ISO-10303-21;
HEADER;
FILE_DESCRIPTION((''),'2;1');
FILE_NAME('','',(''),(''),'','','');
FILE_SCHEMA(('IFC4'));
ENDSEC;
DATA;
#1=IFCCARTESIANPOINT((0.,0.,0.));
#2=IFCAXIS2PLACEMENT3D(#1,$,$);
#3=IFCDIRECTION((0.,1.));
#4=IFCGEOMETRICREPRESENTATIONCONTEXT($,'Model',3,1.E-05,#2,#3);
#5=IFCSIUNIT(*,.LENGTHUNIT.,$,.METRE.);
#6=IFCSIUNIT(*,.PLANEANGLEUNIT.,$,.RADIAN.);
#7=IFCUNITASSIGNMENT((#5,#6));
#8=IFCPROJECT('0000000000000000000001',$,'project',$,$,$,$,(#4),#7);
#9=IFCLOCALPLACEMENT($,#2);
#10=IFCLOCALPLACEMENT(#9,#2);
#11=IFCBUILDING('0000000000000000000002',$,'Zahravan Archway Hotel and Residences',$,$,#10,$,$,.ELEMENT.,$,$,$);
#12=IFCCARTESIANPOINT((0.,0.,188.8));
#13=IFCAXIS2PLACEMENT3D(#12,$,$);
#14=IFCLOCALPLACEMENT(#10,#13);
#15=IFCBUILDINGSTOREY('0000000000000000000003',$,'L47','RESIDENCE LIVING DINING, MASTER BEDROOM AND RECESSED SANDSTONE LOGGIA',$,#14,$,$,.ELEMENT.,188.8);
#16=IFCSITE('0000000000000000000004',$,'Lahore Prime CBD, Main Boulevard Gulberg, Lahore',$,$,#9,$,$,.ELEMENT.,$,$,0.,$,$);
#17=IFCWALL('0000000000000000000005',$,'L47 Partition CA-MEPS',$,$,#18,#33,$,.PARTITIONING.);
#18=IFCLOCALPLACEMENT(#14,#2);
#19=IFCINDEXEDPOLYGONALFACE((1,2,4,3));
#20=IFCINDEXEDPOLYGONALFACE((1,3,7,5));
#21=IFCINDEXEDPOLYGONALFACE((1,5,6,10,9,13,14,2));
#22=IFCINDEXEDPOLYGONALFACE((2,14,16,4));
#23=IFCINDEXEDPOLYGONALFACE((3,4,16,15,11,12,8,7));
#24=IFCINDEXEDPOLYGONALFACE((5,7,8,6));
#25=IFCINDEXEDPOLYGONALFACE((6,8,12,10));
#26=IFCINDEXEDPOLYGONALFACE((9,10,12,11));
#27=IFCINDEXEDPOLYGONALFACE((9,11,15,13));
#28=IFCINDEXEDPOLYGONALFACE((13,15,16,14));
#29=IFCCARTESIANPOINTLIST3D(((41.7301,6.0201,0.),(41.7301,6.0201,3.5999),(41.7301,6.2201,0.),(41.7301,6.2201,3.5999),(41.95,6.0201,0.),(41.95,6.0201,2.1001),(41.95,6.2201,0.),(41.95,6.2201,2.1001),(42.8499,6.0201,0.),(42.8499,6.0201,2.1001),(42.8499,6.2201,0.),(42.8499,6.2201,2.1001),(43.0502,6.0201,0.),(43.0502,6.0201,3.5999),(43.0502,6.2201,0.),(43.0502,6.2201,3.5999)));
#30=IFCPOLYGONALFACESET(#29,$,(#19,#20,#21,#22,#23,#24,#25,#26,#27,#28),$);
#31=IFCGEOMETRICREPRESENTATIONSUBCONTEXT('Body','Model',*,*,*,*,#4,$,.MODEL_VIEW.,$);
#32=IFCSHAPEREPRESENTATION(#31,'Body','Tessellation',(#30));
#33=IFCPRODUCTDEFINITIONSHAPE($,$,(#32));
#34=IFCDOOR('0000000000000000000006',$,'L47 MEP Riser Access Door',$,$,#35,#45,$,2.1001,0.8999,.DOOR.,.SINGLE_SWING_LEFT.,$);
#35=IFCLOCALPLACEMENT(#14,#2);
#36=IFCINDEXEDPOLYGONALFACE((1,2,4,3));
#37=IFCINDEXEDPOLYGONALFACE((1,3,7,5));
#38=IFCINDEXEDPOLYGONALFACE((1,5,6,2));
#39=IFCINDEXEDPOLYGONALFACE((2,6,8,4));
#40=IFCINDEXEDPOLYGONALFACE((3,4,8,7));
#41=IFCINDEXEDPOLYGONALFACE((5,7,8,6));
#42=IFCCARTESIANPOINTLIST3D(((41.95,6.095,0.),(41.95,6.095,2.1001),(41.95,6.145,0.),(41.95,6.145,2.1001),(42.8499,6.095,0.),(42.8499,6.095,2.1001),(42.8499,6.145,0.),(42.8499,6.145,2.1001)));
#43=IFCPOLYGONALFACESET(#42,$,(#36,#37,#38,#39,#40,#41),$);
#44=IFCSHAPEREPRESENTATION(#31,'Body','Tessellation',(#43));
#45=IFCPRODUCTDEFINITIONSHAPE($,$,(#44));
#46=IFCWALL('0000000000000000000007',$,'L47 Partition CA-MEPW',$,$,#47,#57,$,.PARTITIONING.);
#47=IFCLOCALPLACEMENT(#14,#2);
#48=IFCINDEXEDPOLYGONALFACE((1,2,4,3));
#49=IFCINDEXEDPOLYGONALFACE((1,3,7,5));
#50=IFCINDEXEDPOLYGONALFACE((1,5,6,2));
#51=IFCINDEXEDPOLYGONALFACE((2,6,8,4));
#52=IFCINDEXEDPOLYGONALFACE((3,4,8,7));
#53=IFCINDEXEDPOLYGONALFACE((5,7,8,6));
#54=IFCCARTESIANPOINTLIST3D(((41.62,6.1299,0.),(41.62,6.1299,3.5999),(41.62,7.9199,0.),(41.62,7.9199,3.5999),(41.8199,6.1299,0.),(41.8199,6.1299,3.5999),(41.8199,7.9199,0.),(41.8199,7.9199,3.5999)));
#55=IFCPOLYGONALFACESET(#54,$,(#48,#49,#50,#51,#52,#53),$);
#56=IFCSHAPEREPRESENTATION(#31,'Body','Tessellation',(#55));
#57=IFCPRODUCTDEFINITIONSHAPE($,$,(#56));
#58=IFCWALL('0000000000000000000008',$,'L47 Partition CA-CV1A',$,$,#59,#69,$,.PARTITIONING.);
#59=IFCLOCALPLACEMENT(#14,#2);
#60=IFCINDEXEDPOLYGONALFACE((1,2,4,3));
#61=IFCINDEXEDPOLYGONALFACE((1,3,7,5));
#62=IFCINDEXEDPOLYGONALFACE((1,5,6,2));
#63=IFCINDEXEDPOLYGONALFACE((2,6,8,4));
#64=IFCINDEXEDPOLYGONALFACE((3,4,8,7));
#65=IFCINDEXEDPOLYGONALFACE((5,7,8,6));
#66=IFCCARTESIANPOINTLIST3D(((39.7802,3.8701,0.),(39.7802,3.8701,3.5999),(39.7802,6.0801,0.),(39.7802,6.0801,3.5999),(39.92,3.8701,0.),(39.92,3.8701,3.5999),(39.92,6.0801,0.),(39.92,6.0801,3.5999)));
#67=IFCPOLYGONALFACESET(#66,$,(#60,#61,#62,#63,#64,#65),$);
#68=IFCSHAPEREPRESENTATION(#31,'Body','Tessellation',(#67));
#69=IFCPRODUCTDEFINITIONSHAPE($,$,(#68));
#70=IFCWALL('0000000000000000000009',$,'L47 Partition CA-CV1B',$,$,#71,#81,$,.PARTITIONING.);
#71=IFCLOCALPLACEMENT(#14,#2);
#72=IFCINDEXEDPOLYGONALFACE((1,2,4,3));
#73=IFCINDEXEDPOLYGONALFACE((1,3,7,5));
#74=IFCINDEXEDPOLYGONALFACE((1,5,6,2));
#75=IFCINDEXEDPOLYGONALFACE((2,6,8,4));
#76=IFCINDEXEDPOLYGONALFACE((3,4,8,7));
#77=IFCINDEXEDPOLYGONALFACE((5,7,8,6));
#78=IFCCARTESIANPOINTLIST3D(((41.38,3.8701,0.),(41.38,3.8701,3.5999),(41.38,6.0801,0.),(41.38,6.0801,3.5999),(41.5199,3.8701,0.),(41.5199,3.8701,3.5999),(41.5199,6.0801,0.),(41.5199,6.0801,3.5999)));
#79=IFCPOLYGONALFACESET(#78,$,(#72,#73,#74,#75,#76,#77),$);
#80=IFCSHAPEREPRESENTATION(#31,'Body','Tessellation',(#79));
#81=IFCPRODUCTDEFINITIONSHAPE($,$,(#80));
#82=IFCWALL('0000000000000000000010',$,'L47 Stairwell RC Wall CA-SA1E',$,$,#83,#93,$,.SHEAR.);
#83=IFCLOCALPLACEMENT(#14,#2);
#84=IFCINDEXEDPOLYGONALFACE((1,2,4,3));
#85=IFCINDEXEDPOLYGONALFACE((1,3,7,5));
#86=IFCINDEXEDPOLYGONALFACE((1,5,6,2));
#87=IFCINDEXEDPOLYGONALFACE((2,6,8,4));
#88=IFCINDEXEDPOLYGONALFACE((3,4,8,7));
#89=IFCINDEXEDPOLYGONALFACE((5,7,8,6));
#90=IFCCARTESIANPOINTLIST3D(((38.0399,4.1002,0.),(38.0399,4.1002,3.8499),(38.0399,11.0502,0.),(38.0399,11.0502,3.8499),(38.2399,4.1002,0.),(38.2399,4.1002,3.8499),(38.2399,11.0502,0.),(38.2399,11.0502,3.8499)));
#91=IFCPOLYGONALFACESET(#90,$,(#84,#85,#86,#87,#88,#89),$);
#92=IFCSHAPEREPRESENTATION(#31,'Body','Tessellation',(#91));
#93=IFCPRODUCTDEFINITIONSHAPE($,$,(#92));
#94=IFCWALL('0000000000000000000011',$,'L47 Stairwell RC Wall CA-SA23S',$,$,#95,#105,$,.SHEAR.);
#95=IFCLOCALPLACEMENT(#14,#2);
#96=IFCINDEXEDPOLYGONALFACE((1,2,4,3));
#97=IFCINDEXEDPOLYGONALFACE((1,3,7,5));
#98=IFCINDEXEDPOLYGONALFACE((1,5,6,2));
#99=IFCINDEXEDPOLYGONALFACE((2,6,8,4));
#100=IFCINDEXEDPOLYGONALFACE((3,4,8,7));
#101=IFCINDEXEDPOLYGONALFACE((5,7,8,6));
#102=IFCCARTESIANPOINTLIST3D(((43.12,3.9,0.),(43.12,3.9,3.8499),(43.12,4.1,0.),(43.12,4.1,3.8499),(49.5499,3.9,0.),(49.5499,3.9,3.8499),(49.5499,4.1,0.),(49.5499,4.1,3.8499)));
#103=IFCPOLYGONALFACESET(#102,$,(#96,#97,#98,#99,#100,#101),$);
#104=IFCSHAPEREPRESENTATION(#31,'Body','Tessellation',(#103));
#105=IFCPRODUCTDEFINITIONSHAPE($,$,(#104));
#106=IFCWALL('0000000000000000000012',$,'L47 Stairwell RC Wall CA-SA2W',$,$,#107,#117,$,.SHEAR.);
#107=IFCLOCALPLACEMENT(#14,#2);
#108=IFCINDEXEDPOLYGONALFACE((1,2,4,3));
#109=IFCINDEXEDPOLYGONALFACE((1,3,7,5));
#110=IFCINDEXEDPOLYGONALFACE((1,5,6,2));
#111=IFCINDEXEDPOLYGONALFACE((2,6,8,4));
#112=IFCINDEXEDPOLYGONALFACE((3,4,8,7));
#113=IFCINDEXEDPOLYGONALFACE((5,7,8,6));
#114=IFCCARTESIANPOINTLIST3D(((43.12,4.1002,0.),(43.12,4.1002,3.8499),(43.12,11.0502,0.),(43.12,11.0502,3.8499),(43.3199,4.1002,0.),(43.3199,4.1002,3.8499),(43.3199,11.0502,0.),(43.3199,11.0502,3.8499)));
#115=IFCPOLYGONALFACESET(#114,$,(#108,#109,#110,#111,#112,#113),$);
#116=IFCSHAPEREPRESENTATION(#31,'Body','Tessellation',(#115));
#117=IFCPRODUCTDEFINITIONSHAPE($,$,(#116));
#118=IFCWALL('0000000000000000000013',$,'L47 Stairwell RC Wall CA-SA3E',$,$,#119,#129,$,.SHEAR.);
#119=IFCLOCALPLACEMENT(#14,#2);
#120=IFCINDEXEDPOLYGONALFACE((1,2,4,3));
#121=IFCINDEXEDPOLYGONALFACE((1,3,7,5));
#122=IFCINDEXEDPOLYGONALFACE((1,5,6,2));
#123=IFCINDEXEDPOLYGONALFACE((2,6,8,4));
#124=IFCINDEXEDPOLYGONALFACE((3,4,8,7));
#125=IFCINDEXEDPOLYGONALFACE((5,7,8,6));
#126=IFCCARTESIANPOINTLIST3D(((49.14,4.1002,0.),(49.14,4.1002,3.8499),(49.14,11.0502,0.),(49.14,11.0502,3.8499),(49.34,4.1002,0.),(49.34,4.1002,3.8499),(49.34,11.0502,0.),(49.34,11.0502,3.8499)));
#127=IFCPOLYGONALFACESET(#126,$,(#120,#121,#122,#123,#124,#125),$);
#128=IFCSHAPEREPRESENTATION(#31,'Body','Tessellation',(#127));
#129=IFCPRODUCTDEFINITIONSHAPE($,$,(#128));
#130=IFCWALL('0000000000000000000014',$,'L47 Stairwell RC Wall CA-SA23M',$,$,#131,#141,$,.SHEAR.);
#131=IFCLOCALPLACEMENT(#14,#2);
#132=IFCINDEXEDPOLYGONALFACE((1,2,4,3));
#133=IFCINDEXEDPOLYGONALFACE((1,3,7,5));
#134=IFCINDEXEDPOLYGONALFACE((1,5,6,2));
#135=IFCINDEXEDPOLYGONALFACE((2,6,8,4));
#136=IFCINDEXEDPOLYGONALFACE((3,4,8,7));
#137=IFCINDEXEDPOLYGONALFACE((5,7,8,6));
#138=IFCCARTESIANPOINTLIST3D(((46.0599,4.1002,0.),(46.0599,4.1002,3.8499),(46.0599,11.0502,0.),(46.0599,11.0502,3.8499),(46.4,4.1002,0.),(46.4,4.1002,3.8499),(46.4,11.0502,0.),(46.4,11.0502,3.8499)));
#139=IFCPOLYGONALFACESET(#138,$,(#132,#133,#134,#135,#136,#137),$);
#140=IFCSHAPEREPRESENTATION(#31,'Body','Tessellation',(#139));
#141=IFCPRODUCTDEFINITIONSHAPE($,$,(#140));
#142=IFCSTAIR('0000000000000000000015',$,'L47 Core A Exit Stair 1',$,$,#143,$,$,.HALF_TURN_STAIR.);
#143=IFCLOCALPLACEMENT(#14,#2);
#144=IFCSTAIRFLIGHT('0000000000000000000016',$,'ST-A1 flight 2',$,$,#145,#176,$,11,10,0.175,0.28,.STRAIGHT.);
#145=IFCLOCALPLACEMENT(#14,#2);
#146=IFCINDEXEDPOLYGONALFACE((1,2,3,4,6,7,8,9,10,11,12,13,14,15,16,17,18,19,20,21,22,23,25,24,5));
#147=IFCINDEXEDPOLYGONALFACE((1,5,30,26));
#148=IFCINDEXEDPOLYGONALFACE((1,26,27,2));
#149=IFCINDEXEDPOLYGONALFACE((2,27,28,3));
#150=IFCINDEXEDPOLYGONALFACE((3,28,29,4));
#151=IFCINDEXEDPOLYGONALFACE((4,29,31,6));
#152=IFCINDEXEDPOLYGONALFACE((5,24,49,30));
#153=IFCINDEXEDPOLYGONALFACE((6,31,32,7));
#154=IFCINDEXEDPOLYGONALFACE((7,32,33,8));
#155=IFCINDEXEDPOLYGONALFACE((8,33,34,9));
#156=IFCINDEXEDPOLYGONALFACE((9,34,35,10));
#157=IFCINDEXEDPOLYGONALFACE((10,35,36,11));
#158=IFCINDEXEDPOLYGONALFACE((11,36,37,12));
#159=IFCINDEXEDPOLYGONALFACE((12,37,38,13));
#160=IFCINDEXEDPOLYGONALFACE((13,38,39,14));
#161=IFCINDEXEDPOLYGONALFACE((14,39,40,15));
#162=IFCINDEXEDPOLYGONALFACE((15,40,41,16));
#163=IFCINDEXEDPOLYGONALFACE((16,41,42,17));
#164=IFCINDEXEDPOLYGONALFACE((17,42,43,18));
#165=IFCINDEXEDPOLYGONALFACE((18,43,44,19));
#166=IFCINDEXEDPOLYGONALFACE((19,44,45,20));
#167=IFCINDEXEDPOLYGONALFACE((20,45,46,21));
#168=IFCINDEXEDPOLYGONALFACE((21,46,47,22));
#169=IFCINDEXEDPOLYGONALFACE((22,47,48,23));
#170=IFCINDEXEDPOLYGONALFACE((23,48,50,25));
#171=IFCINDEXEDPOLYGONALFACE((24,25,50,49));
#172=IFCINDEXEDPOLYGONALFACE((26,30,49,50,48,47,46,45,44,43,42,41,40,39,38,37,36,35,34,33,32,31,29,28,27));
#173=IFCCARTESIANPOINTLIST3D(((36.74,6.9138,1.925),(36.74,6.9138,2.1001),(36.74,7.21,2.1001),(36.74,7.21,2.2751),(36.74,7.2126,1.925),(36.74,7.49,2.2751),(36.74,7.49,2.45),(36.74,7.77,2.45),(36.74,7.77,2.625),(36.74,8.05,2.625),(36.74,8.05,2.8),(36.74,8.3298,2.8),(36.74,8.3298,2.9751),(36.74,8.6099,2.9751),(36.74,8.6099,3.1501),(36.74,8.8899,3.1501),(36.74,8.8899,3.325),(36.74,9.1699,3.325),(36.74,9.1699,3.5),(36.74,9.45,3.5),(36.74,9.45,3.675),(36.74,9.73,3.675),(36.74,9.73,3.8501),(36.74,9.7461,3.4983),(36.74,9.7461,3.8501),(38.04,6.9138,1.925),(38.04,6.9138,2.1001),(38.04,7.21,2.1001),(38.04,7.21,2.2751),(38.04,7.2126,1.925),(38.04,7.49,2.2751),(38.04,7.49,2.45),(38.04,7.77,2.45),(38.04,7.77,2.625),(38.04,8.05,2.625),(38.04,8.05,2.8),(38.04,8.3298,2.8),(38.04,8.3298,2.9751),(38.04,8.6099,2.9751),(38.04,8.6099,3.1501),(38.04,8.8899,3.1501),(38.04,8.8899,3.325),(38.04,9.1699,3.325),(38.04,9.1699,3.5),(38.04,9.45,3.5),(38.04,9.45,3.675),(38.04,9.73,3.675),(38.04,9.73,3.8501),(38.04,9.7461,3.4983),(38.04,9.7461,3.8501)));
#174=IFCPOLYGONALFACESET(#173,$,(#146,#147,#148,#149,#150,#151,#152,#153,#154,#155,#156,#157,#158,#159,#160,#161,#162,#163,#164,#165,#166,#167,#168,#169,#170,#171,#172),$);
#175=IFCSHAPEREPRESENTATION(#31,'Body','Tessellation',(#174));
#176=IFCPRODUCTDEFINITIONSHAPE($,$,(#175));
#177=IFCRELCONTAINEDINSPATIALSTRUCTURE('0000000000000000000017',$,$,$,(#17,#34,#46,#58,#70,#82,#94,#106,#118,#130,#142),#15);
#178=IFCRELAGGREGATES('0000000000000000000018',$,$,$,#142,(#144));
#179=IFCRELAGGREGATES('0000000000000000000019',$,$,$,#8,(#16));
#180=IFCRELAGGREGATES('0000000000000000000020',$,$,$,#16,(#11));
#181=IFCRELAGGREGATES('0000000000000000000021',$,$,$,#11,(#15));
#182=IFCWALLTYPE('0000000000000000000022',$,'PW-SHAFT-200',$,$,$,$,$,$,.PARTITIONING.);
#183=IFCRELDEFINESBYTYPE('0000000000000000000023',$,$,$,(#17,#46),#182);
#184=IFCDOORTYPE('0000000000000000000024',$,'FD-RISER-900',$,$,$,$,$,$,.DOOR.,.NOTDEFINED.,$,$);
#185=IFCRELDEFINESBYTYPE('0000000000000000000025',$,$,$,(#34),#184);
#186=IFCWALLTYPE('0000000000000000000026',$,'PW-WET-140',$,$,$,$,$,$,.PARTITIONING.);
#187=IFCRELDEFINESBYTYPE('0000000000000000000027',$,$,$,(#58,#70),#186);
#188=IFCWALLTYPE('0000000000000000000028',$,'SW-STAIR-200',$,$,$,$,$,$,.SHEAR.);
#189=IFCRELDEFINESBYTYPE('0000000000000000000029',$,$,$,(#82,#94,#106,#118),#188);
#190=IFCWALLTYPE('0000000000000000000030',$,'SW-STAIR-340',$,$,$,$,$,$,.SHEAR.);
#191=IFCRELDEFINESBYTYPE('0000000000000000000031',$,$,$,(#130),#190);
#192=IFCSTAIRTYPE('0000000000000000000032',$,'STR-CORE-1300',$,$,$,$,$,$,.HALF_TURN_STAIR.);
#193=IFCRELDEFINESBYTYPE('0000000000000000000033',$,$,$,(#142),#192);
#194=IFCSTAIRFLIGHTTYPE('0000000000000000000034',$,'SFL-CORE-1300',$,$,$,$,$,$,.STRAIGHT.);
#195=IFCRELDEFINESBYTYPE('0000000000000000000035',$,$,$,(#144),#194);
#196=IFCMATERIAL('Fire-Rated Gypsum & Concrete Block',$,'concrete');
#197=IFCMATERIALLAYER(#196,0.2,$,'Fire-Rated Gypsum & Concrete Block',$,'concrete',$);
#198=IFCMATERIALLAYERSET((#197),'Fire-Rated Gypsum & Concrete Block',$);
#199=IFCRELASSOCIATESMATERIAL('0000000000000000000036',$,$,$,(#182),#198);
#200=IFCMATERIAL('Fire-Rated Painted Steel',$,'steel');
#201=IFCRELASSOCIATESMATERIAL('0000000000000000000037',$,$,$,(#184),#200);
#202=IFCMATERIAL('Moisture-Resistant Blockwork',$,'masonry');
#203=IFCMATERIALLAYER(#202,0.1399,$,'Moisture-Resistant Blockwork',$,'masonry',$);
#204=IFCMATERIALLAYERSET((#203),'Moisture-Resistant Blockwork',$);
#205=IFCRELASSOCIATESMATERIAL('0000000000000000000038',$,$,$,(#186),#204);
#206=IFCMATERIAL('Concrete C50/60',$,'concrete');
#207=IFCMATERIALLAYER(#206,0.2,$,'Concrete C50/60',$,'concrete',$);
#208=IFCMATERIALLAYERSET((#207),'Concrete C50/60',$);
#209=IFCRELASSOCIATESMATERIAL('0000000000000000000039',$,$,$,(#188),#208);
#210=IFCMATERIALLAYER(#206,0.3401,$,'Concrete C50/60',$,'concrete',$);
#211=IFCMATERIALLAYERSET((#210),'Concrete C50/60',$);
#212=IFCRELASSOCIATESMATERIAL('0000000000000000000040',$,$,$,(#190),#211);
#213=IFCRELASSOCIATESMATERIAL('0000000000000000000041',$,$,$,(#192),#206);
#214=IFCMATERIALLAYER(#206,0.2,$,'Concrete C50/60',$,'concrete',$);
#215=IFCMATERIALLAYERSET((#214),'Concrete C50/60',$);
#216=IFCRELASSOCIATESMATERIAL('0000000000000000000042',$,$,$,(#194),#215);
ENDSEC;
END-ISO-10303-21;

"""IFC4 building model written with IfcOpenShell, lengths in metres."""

from ifc_helpers import new_model, si_unit, direction, frame, frame_2d, origin, place, context, subcontext, project, spatial, polyline, rectangle, outline, extrude, source, transform, mapped, material, layer, layer_set, type_object, type_shapes, element, fill, aggregate, save


model = new_model("IFC4")

# Units and contexts
model_context = context("Model", 3, precision=1e-05, world=origin(), true_north=direction((0.0, 1.0)))
body_context = subcontext(model_context, "Body", "Model", "MODEL_VIEW")
ifc_project = project(units=[si_unit("LENGTHUNIT", "METRE"), si_unit("PLANEANGLEUNIT", "RADIAN")], contexts=[model_context])

# Site, building, storey
site_placement = place(None, origin())
site = spatial("IfcSite", under=ifc_project, at=site_placement, Name="Lahore Prime CBD, Main Boulevard Gulberg, Lahore", CompositionType="ELEMENT", RefElevation=0.0)
building_placement = place(site_placement, origin())
building = spatial("IfcBuilding", under=site, at=building_placement, Name="Zahravan Archway Hotel and Residences", CompositionType="ELEMENT")
storey_placement = place(building_placement, frame((0.0, 0.0, 188.8)))
storey = spatial("IfcBuildingStorey", under=building, at=storey_placement, Name="L47", Description="RESIDENCE LIVING DINING, MASTER BEDROOM AND RECESSED SANDSTONE LOGGIA", CompositionType="ELEMENT", Elevation=188.8)

# Shared definitions
ifc_material_1 = material(Name="Fire-Rated Gypsum & Concrete Block", Category="concrete")
ifc_layer_1 = layer(ifc_material_1, 0.2, Name="Fire-Rated Gypsum & Concrete Block", Category="concrete")
ifc_layer_set_1 = layer_set([ifc_layer_1], Name="Fire-Rated Gypsum & Concrete Block")
wall_type_1 = type_object("IfcWallType", Name="PW-SHAFT-200", PredefinedType="PARTITIONING", material=ifc_layer_set_1)
ifc_material_2 = material(Name="Fire-Rated Painted Steel", Category="steel")
door_type = type_object("IfcDoorType", Name="FD-RISER-900", OperationType="NOTDEFINED", PredefinedType="DOOR", material=ifc_material_2)
shared_shape_1 = source(origin(), body_context, "Body", "SweptSolid", [
    extrude(rectangle(XDim=0.8999, YDim=2.1001, at=frame_2d((0.45, 1.05))), frame((0.0, 0.0249, 0.0), z_axis=(0.0, -1.0, 0.0), x_axis=(1.0, 0.0, 0.0)), (0.0, 0.0, 1.0), 0.05),
])
type_shapes(door_type, [shared_shape_1])

# Wall, opening, door
wall_1_placement = place(storey_placement, frame((41.73, 6.1201, 0.0), z_axis=(0.0, 0.0, 1.0), x_axis=(1.0, 0.0, 0.0)))
wall_1 = element("IfcWall", 1, at=wall_1_placement, inside=storey, type_object=wall_type_1, Name="L47 Partition CA-MEPS", PredefinedType="PARTITIONING", context=body_context, shape_type="SweptSolid", body=[
    extrude(rectangle(XDim=1.3201, YDim=0.2, at=frame_2d((0.6602, 0.0))), origin(), (0.0, 0.0, 1.0), 3.5999),
])
opening_1_placement = place(wall_1_placement, frame((0.22, 0.0, 0.0)))
opening_1 = element("IfcOpeningElement", 2, at=opening_1_placement, cuts=wall_1, PredefinedType="OPENING", context=body_context, shape_type="SweptSolid", body=[
    extrude(rectangle(XDim=0.8999, YDim=2.1001, at=frame_2d((0.45, 1.05))), frame((0.0, 0.1099, 0.0), z_axis=(0.0, -1.0, 0.0), x_axis=(1.0, 0.0, 0.0)), (0.0, 0.0, 1.0), 0.22),
])
door_1_placement = place(opening_1_placement, origin())
door_1 = element("IfcDoor", 3, at=door_1_placement, inside=storey, type_object=door_type, Name="L47 MEP Riser Access Door", OperationType="SINGLE_SWING_LEFT", OverallHeight=2.1001, OverallWidth=0.8999, PredefinedType="DOOR", context=body_context, shape_type="MappedRepresentation", body=[
    mapped(shared_shape_1, transform((0.0, 0.0, 0.0), scale=1.0)),
])
fill(opening_1, door_1)

# Walls
wall_2_placement = place(storey_placement, frame((41.72, 6.1299, 0.0), z_axis=(0.0, 0.0, 1.0), x_axis=(0.0, 1.0, 0.0)))
element("IfcWall", 4, at=wall_2_placement, inside=storey, type_object=wall_type_1, Name="L47 Partition CA-MEPW", PredefinedType="PARTITIONING", context=body_context, shape_type="SweptSolid", body=[
    extrude(rectangle(XDim=1.79, YDim=0.2, at=frame_2d((0.895, 0.0))), origin(), (0.0, 0.0, 1.0), 3.5999),
])
ifc_material_3 = material(Name="Moisture-Resistant Blockwork", Category="masonry")
ifc_layer_2 = layer(ifc_material_3, 0.1399, Name="Moisture-Resistant Blockwork", Category="masonry")
ifc_layer_set_2 = layer_set([ifc_layer_2], Name="Moisture-Resistant Blockwork")
wall_type_2 = type_object("IfcWallType", Name="PW-WET-140", PredefinedType="PARTITIONING", material=ifc_layer_set_2)
for number, where, z_axis, x_axis, name in (
    (5, (39.8501, 3.8701, 0.0), (0.0, 0.0, 1.0), (0.0, 1.0, 0.0), "L47 Partition CA-CV1A"),
    (6, (41.45, 3.8701, 0.0), (0.0, 0.0, 1.0), (0.0, 1.0, 0.0), "L47 Partition CA-CV1B"),
):
    element("IfcWall", number, at=place(storey_placement, frame(where, z_axis=z_axis, x_axis=x_axis)), inside=storey, type_object=wall_type_2, Name=name, PredefinedType="PARTITIONING", context=body_context, shape_type="SweptSolid", body=[
        extrude(rectangle(XDim=2.21, YDim=0.1399, at=frame_2d((1.105, 0.0))), origin(), (0.0, 0.0, 1.0), 3.5999),
    ])
ifc_material_4 = material(Name="Concrete C50/60", Category="concrete")
ifc_layer_3 = layer(ifc_material_4, 0.2, Name="Concrete C50/60", Category="concrete")
ifc_layer_set_3 = layer_set([ifc_layer_3], Name="Concrete C50/60")
wall_type_3 = type_object("IfcWallType", Name="SW-STAIR-200", PredefinedType="SHEAR", material=ifc_layer_set_3)
wall_3_placement = place(storey_placement, frame((38.1399, 4.1001, 0.0), z_axis=(0.0, 0.0, 1.0), x_axis=(0.0, 1.0, 0.0)))
element("IfcWall", 7, at=wall_3_placement, inside=storey, type_object=wall_type_3, Name="L47 Stairwell RC Wall CA-SA1E", PredefinedType="SHEAR", context=body_context, shape_type="SweptSolid", body=[
    extrude(rectangle(XDim=6.95, YDim=0.2, at=frame_2d((3.4751, 0.0))), origin(), (0.0, 0.0, 1.0), 3.8499),
])
wall_4_placement = place(storey_placement, frame((43.1201, 4.0, 0.0), z_axis=(0.0, 0.0, 1.0), x_axis=(1.0, 0.0, 0.0)))
element("IfcWall", 8, at=wall_4_placement, inside=storey, type_object=wall_type_3, Name="L47 Stairwell RC Wall CA-SA23S", PredefinedType="SHEAR", context=body_context, shape_type="SweptSolid", body=[
    extrude(rectangle(XDim=6.4299, YDim=0.2, at=frame_2d((3.2148, 0.0))), origin(), (0.0, 0.0, 1.0), 3.8499),
])
for number, where, z_axis, x_axis, name in (
    (9, (43.22, 4.1001, 0.0), (0.0, 0.0, 1.0), (0.0, 1.0, 0.0), "L47 Stairwell RC Wall CA-SA2W"),
    (10, (49.24, 4.1001, 0.0), (0.0, 0.0, 1.0), (0.0, 1.0, 0.0), "L47 Stairwell RC Wall CA-SA3E"),
):
    element("IfcWall", number, at=place(storey_placement, frame(where, z_axis=z_axis, x_axis=x_axis)), inside=storey, type_object=wall_type_3, Name=name, PredefinedType="SHEAR", context=body_context, shape_type="SweptSolid", body=[
        extrude(rectangle(XDim=6.95, YDim=0.2, at=frame_2d((3.4751, 0.0))), origin(), (0.0, 0.0, 1.0), 3.8499),
    ])
ifc_layer_4 = layer(ifc_material_4, 0.3401, Name="Concrete C50/60", Category="concrete")
ifc_layer_set_4 = layer_set([ifc_layer_4], Name="Concrete C50/60")
wall_type_4 = type_object("IfcWallType", Name="SW-STAIR-340", PredefinedType="SHEAR", material=ifc_layer_set_4)
wall_5_placement = place(storey_placement, frame((46.23, 4.1001, 0.0), z_axis=(0.0, 0.0, 1.0), x_axis=(0.0, 1.0, 0.0)))
element("IfcWall", 11, at=wall_5_placement, inside=storey, type_object=wall_type_4, Name="L47 Stairwell RC Wall CA-SA23M", PredefinedType="SHEAR", context=body_context, shape_type="SweptSolid", body=[
    extrude(rectangle(XDim=6.95, YDim=0.3401, at=frame_2d((3.4751, 0.0))), origin(), (0.0, 0.0, 1.0), 3.8499),
])

# Stair, stair flight
stair_type = type_object("IfcStairType", Name="STR-CORE-1300", PredefinedType="HALF_TURN_STAIR", material=ifc_material_4)
stair_1_placement = place(storey_placement, origin())
stair_1 = element("IfcStair", 12, at=stair_1_placement, inside=storey, type_object=stair_type, Name="L47 Core A Exit Stair 1", PredefinedType="HALF_TURN_STAIR")
ifc_layer_5 = layer(ifc_material_4, 0.2, Name="Concrete C50/60", Category="concrete")
ifc_layer_set_5 = layer_set([ifc_layer_5], Name="Concrete C50/60")
stair_flight_type = type_object("IfcStairFlightType", Name="SFL-CORE-1300", PredefinedType="STRAIGHT", material=ifc_layer_set_5)
shared_shape_2 = source(origin(), body_context, "Body", "SweptSolid", [
    extrude(outline(polyline([(-0.0161, 0.0), (-0.0161, 0.175), (0.28, 0.175), (0.28, 0.3501), (0.5601, 0.3501), (0.5601, 0.5249), (0.8401, 0.5249), (0.8401, 0.7), (1.1201, 0.7), (1.1201, 0.875), (1.3999, 0.875), (1.3999, 1.05), (1.6799, 1.05), (1.6799, 1.2251), (1.96, 1.2251), (1.96, 1.3999), (2.24, 1.3999), (2.24, 1.575), (2.52, 1.575), (2.52, 1.75), (2.8, 1.75), (2.8, 1.925), (2.8162, 1.925), (2.8162, 1.5732), (0.2827, 0.0), (-0.0161, 0.0)])), frame((0.0, 0.6499, 0.0), z_axis=(0.0, -1.0, 0.0), x_axis=(1.0, 0.0, 0.0)), (0.0, 0.0, 1.0), 1.3),
])
stair_flight_1_placement = place(storey_placement, frame((37.3899, 6.9299, 1.925), z_axis=(0.0, 0.0, 1.0), x_axis=(0.0, 1.0, 0.0)))
stair_flight_1 = element("IfcStairFlight", 13, at=stair_flight_1_placement, type_object=stair_flight_type, Name="ST-A1 flight 2", NumberOfRisers=11, NumberOfTreads=10, PredefinedType="STRAIGHT", RiserHeight=0.175, TreadLength=0.28, context=body_context, shape_type="MappedRepresentation", body=[
    mapped(shared_shape_2, transform((0.0, 0.0, 0.0), scale=1.0)),
])
aggregate(stair_1, [stair_flight_1])

save(model, "model.ifc")
